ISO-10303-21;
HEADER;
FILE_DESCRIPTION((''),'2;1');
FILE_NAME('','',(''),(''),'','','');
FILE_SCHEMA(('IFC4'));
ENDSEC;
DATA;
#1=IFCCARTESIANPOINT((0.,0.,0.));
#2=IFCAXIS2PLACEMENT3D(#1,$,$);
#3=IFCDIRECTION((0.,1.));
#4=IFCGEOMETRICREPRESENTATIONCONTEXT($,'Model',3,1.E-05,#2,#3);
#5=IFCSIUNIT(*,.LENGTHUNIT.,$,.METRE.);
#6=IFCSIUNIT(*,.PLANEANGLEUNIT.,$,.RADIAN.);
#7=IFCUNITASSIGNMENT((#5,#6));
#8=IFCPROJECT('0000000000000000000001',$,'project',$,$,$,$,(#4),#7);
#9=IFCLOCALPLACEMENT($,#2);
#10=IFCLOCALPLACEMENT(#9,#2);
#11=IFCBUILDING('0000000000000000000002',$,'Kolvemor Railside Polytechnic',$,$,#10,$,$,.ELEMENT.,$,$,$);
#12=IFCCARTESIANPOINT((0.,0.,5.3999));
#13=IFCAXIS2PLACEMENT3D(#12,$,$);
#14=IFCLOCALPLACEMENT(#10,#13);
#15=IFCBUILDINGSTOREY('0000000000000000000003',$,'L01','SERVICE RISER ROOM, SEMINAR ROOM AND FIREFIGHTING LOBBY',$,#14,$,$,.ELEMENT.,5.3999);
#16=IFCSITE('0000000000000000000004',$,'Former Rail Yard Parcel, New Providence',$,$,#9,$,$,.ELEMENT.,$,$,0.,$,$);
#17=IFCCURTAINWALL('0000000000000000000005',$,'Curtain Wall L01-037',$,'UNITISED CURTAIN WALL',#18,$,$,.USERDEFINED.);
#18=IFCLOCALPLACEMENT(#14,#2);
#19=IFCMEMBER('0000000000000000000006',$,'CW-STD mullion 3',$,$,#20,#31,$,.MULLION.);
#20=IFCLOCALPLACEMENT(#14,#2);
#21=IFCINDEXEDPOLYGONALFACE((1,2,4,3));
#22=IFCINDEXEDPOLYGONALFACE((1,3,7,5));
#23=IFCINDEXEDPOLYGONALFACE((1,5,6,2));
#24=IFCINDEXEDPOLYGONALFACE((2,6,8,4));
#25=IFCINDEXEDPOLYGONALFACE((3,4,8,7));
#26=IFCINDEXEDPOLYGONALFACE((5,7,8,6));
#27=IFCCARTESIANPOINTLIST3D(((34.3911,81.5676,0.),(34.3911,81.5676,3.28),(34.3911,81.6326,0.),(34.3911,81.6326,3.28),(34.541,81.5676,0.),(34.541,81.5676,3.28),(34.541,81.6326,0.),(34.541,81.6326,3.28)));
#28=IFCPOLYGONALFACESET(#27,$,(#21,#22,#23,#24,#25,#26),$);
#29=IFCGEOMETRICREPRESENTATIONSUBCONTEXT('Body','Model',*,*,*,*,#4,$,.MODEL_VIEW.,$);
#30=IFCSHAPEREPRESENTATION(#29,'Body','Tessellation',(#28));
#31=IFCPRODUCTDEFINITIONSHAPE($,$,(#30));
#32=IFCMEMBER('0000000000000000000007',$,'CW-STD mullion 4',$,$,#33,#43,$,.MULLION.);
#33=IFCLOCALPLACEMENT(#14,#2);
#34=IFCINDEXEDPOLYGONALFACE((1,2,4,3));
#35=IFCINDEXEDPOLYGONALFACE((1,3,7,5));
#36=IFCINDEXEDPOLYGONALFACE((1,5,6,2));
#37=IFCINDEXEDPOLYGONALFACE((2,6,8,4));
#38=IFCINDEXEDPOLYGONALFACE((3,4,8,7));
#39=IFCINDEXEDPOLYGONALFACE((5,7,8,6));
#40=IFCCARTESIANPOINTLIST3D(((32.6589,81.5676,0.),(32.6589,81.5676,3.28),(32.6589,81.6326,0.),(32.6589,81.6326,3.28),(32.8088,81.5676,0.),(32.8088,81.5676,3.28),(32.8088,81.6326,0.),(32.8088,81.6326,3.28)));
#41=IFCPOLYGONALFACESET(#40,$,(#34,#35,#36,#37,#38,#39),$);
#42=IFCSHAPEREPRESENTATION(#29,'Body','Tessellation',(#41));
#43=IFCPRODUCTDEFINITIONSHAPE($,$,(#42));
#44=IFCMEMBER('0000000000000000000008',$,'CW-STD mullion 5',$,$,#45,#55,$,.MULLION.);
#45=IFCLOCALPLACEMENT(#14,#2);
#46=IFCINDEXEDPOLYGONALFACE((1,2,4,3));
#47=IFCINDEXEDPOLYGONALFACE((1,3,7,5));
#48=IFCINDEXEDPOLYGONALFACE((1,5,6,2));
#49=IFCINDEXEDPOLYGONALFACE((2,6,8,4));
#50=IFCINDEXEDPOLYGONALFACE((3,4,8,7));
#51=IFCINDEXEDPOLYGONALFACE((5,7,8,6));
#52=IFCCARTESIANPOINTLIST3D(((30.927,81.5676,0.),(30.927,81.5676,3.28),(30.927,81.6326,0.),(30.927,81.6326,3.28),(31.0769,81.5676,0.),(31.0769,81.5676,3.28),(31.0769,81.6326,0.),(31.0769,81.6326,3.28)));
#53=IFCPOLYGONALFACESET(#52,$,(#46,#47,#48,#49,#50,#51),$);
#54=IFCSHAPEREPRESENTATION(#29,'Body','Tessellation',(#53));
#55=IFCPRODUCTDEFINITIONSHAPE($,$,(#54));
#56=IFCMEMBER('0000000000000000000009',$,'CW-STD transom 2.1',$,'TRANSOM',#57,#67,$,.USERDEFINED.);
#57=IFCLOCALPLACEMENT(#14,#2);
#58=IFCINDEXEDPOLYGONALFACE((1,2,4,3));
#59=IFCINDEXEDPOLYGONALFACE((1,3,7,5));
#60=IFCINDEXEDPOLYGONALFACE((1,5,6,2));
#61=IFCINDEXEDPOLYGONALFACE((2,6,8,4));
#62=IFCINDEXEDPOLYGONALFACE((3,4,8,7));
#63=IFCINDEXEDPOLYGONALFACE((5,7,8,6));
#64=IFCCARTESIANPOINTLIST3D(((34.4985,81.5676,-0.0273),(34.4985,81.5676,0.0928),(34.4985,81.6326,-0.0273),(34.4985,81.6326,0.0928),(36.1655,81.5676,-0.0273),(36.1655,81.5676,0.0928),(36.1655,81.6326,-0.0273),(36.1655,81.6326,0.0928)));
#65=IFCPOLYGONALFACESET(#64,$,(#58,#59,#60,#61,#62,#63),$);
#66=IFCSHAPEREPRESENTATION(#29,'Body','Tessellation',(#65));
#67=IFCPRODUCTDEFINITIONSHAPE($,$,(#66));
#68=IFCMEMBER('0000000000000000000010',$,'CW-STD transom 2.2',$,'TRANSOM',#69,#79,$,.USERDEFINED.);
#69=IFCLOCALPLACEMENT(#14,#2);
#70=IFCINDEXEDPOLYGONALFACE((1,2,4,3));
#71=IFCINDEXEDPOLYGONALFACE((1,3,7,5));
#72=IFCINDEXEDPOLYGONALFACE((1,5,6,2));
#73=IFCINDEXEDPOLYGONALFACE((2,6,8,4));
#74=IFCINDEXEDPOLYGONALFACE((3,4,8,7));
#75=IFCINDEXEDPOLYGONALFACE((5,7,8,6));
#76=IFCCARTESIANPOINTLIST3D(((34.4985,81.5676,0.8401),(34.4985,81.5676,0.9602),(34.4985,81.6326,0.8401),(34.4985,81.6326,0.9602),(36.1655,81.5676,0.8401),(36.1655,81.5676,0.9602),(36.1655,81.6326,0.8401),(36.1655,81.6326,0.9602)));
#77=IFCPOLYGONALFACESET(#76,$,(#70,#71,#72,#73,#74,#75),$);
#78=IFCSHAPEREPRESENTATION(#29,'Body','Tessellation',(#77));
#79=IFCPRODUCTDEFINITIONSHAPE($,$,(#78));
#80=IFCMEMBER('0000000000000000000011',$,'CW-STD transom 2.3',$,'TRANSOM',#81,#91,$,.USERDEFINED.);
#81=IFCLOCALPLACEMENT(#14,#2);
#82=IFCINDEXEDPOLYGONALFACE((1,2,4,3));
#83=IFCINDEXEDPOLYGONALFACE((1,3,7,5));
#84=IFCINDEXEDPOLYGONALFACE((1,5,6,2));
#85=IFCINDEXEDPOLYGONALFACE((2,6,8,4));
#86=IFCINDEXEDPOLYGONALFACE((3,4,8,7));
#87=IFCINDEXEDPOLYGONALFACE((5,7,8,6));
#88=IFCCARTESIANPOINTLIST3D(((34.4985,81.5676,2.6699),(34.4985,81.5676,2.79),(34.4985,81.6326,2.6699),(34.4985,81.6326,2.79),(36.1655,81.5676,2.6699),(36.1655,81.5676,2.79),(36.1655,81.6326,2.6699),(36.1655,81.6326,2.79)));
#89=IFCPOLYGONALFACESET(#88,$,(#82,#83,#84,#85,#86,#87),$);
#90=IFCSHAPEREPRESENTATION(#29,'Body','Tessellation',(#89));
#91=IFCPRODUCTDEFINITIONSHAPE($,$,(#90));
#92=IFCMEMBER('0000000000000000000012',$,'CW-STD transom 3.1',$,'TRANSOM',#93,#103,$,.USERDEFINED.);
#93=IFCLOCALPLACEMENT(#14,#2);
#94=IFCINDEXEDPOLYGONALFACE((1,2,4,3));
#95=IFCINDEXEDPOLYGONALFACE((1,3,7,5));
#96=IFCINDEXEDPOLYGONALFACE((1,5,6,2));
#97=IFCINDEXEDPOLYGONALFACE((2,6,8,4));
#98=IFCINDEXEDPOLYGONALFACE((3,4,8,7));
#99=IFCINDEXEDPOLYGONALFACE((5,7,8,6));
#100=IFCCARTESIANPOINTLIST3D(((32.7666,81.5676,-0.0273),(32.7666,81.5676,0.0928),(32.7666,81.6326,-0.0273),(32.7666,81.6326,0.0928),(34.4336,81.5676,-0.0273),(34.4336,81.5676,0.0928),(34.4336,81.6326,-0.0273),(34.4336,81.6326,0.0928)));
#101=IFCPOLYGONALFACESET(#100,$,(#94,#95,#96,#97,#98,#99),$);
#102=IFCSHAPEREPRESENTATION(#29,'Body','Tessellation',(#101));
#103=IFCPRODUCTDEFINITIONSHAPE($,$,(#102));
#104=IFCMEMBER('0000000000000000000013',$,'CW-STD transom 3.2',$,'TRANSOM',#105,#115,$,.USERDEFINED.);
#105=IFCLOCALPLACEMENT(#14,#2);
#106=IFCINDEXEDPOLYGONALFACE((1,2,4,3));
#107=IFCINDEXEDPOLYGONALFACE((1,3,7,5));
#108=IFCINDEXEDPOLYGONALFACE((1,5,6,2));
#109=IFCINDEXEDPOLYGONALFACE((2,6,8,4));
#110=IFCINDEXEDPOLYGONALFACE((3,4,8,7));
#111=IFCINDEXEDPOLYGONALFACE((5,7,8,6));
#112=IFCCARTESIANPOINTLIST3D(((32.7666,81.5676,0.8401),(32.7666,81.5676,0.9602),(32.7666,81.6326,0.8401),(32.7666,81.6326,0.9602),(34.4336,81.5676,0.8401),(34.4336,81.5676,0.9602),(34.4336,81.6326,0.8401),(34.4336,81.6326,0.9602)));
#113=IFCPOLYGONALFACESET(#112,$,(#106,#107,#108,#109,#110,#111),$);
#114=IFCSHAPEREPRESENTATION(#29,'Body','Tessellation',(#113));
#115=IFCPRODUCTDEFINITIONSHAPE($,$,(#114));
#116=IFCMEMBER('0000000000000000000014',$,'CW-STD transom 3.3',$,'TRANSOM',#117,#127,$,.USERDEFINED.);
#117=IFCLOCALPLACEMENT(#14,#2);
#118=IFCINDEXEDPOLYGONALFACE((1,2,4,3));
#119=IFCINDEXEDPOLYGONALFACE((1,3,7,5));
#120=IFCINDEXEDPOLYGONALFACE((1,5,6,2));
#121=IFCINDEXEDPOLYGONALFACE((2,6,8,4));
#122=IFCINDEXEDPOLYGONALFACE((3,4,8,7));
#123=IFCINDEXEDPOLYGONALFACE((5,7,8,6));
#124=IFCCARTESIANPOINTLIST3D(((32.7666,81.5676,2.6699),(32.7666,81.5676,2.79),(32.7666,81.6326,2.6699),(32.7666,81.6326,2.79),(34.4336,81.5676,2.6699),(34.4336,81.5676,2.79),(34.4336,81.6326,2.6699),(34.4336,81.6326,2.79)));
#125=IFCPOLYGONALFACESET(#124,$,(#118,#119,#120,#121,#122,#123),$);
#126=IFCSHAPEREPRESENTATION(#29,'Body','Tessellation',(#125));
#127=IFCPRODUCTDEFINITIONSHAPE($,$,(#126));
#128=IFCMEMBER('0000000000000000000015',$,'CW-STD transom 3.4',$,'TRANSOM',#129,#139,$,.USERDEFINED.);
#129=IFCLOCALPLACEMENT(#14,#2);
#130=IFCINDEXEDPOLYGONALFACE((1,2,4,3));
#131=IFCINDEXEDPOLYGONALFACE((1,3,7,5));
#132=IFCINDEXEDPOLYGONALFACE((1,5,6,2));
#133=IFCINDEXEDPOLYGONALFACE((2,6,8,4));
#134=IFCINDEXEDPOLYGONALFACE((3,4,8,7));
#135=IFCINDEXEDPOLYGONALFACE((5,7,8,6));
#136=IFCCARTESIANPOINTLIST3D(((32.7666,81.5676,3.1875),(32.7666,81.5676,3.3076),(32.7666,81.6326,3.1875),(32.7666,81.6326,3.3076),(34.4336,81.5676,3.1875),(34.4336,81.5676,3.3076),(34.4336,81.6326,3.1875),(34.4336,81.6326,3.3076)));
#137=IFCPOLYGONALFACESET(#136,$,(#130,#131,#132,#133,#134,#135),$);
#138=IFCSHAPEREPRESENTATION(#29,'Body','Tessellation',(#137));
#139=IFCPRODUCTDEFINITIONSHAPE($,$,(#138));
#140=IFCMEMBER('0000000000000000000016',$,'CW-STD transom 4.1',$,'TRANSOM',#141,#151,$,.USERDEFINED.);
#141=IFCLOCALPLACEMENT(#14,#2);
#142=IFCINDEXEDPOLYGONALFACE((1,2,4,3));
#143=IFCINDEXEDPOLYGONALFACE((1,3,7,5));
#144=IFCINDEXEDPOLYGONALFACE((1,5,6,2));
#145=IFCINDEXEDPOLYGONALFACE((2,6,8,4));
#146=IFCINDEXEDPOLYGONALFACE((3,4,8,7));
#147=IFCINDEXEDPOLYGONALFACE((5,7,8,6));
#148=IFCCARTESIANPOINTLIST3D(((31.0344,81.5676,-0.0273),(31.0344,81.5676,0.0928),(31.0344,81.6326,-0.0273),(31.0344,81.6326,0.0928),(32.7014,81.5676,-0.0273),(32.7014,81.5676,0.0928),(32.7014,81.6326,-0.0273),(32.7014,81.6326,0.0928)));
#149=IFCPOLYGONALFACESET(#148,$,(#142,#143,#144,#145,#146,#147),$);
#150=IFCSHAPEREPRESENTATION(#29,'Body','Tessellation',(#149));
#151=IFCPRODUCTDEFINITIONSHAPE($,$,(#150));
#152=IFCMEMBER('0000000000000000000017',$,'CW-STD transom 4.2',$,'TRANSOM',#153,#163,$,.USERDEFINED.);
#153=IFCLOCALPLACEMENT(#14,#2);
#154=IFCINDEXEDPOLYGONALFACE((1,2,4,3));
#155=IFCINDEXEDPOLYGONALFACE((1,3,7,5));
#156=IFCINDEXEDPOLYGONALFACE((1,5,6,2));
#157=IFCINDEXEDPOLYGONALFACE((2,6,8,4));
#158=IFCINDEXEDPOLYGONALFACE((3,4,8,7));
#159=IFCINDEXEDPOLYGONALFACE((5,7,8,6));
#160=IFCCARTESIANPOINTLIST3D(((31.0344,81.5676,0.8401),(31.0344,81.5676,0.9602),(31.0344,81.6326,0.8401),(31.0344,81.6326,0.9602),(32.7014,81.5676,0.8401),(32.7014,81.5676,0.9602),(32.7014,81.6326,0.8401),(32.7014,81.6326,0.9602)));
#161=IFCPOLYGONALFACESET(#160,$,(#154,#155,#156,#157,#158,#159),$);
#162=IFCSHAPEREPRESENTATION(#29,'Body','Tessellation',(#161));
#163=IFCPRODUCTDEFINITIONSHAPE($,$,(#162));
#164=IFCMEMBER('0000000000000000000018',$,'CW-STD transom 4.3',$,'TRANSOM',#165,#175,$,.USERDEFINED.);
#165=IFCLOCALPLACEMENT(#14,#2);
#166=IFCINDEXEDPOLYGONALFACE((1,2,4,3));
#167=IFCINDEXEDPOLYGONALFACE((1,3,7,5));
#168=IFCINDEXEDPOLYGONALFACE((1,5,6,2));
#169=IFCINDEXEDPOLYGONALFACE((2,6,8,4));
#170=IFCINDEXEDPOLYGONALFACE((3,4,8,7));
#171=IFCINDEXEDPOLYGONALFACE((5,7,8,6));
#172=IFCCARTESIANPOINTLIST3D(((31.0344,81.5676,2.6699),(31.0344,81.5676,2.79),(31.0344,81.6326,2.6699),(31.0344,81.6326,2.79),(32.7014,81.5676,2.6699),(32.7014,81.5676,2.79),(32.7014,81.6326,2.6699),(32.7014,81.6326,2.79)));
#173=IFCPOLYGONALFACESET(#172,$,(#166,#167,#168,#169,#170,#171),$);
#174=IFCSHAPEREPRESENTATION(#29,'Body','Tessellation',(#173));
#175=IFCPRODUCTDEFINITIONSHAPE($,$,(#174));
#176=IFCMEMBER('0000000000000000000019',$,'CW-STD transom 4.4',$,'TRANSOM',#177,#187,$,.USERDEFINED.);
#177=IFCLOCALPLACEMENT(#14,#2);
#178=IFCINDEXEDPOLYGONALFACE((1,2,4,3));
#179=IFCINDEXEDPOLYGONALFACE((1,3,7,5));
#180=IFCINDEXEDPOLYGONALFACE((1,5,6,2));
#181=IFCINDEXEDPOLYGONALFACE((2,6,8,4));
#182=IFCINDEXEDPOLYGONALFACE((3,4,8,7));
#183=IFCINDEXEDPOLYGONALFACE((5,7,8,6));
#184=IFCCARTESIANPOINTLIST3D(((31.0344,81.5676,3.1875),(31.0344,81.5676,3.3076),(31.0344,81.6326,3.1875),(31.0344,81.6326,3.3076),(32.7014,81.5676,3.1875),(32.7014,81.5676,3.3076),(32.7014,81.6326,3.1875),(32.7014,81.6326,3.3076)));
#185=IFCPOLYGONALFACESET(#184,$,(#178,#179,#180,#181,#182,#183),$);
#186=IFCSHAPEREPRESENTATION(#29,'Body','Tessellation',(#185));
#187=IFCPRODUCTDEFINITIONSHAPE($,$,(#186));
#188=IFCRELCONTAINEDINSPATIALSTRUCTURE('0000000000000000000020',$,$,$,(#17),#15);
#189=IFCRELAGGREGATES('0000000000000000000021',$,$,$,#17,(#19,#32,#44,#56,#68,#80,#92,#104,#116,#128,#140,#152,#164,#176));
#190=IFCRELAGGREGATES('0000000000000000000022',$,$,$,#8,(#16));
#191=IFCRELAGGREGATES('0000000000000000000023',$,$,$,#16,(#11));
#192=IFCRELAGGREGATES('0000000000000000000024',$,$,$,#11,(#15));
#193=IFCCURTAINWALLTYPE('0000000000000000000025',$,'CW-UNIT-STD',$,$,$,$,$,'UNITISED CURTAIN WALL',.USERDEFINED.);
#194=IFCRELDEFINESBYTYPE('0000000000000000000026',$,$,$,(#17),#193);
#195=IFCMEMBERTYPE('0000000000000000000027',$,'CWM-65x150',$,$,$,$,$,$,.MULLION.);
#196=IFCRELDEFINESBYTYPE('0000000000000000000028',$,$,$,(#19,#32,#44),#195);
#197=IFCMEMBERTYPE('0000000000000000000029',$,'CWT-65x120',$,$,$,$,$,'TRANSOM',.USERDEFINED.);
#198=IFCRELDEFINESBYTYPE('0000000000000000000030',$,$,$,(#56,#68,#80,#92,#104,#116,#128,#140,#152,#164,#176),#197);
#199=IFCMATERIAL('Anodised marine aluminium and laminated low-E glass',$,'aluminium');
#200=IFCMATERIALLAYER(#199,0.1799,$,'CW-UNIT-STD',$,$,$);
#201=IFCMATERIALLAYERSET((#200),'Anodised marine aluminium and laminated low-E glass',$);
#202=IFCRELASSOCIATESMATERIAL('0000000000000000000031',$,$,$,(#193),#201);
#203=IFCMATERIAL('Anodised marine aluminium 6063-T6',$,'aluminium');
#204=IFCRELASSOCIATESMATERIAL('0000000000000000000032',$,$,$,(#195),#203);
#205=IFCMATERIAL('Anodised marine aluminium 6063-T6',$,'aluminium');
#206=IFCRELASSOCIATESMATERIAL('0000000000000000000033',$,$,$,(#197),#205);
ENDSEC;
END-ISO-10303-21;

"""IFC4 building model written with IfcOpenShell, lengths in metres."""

from ifc_helpers import new_model, si_unit, direction, frame, origin, origin_2d, place, context, subcontext, project, spatial, rectangle, extrude, material, layer, layer_set, material_profile, profile_set, type_object, element, aggregate, save


model = new_model("IFC4")

# Units and contexts
model_context = context("Model", 3, precision=1e-05, world=origin(), true_north=direction((0.0, 1.0)))
body_context = subcontext(model_context, "Body", "Model", "MODEL_VIEW")
ifc_project = project(units=[si_unit("LENGTHUNIT", "METRE"), si_unit("PLANEANGLEUNIT", "RADIAN")], contexts=[model_context])

# Site, building, storey
site_placement = place(None, origin())
site = spatial("IfcSite", under=ifc_project, at=site_placement, Name="Former Rail Yard Parcel, New Providence", CompositionType="ELEMENT", RefElevation=0.0)
building_placement = place(site_placement, origin())
building = spatial("IfcBuilding", under=site, at=building_placement, Name="Kolvemor Railside Polytechnic", CompositionType="ELEMENT")
storey_placement = place(building_placement, frame((0.0, 0.0, 5.3999)))
storey = spatial("IfcBuildingStorey", under=building, at=storey_placement, Name="L01", Description="SERVICE RISER ROOM, SEMINAR ROOM AND FIREFIGHTING LOBBY", CompositionType="ELEMENT", Elevation=5.3999)

# Curtain wall, members
ifc_material_1 = material(Name="Anodised marine aluminium and laminated low-E glass", Category="aluminium")
ifc_layer_1 = layer(ifc_material_1, 0.1799, Name="CW-UNIT-STD")
ifc_layer_set_1 = layer_set([ifc_layer_1], Name="Anodised marine aluminium and laminated low-E glass")
curtain_wall_type = type_object("IfcCurtainWallType", Name="CW-UNIT-STD", ElementType="UNITISED CURTAIN WALL", PredefinedType="USERDEFINED", material=ifc_layer_set_1)
curtain_wall_placement = place(storey_placement, origin())
curtain_wall = element("IfcCurtainWall", 1, at=curtain_wall_placement, inside=storey, type_object=curtain_wall_type, Name="Curtain Wall L01-037", ObjectType="UNITISED CURTAIN WALL", PredefinedType="USERDEFINED")
ifc_material_2 = material(Name="Anodised marine aluminium 6063-T6", Category="aluminium")
ifc_material_profile_1 = material_profile(ifc_material_2, rectangle(XDim=0.0649, YDim=0.1499, at=origin_2d()), Name="CW-MUL-65x150")
ifc_profile_set_1 = profile_set([ifc_material_profile_1], Name="Anodised marine aluminium 6063-T6")
member_type_1 = type_object("IfcMemberType", Name="CWM-65x150", PredefinedType="MULLION", material=ifc_profile_set_1)
member_1_placement = place(storey_placement, frame((34.4661, 81.6001, 0.0), z_axis=(0.0, 0.0, 1.0), x_axis=(0.0, -1.0, 0.0)))
member_1 = element("IfcMember", 2, at=member_1_placement, type_object=member_type_1, Name="CW-STD mullion 3", PredefinedType="MULLION", context=body_context, shape_type="SweptSolid", body=[
    extrude(rectangle(XDim=0.0649, YDim=0.1499, at=origin_2d()), origin(), (0.0, 0.0, 1.0), 3.28),
])
member_2_placement = place(storey_placement, frame((32.7339, 81.6001, 0.0), z_axis=(0.0, 0.0, 1.0), x_axis=(0.0, -1.0, 0.0)))
member_2 = element("IfcMember", 3, at=member_2_placement, type_object=member_type_1, Name="CW-STD mullion 4", PredefinedType="MULLION", context=body_context, shape_type="SweptSolid", body=[
    extrude(rectangle(XDim=0.0649, YDim=0.1499, at=origin_2d()), origin(), (0.0, 0.0, 1.0), 3.28),
])
member_3_placement = place(storey_placement, frame((31.002, 81.6001, 0.0), z_axis=(0.0, 0.0, 1.0), x_axis=(0.0, -1.0, 0.0)))
member_3 = element("IfcMember", 4, at=member_3_placement, type_object=member_type_1, Name="CW-STD mullion 5", PredefinedType="MULLION", context=body_context, shape_type="SweptSolid", body=[
    extrude(rectangle(XDim=0.0649, YDim=0.1499, at=origin_2d()), origin(), (0.0, 0.0, 1.0), 3.28),
])
ifc_material_3 = material(Name="Anodised marine aluminium 6063-T6", Category="aluminium")
ifc_material_profile_2 = material_profile(ifc_material_3, rectangle(XDim=0.0649, YDim=0.1201, at=origin_2d()), Name="CW-TRN-65x120")
ifc_profile_set_2 = profile_set([ifc_material_profile_2], Name="Anodised marine aluminium 6063-T6")
member_type_2 = type_object("IfcMemberType", Name="CWT-65x120", ElementType="TRANSOM", PredefinedType="USERDEFINED", material=ifc_profile_set_2)
member_4_placement = place(storey_placement, frame((36.1655, 81.6001, 0.0327), z_axis=(-1.0, 0.0, 0.0), x_axis=(0.0, -1.0, 0.0)))
member_4 = element("IfcMember", 5, at=member_4_placement, type_object=member_type_2, Name="CW-STD transom 2.1", ObjectType="TRANSOM", PredefinedType="USERDEFINED", context=body_context, shape_type="SweptSolid", body=[
    extrude(rectangle(XDim=0.0649, YDim=0.1201, at=origin_2d()), origin(), (0.0, 0.0, 1.0), 1.667),
])
member_5_placement = place(storey_placement, frame((36.1655, 81.6001, 0.9001), z_axis=(-1.0, 0.0, 0.0), x_axis=(0.0, -1.0, 0.0)))
member_5 = element("IfcMember", 6, at=member_5_placement, type_object=member_type_2, Name="CW-STD transom 2.2", ObjectType="TRANSOM", PredefinedType="USERDEFINED", context=body_context, shape_type="SweptSolid", body=[
    extrude(rectangle(XDim=0.0649, YDim=0.1201, at=origin_2d()), origin(), (0.0, 0.0, 1.0), 1.667),
])
member_6_placement = place(storey_placement, frame((36.1655, 81.6001, 2.73), z_axis=(-1.0, 0.0, 0.0), x_axis=(0.0, -1.0, 0.0)))
member_6 = element("IfcMember", 7, at=member_6_placement, type_object=member_type_2, Name="CW-STD transom 2.3", ObjectType="TRANSOM", PredefinedType="USERDEFINED", context=body_context, shape_type="SweptSolid", body=[
    extrude(rectangle(XDim=0.0649, YDim=0.1201, at=origin_2d()), origin(), (0.0, 0.0, 1.0), 1.667),
])
member_7_placement = place(storey_placement, frame((34.4336, 81.6001, 0.0327), z_axis=(-1.0, 0.0, 0.0), x_axis=(0.0, -1.0, 0.0)))
member_7 = element("IfcMember", 8, at=member_7_placement, type_object=member_type_2, Name="CW-STD transom 3.1", ObjectType="TRANSOM", PredefinedType="USERDEFINED", context=body_context, shape_type="SweptSolid", body=[
    extrude(rectangle(XDim=0.0649, YDim=0.1201, at=origin_2d()), origin(), (0.0, 0.0, 1.0), 1.667),
])
member_8_placement = place(storey_placement, frame((34.4336, 81.6001, 0.9001), z_axis=(-1.0, 0.0, 0.0), x_axis=(0.0, -1.0, 0.0)))
member_8 = element("IfcMember", 9, at=member_8_placement, type_object=member_type_2, Name="CW-STD transom 3.2", ObjectType="TRANSOM", PredefinedType="USERDEFINED", context=body_context, shape_type="SweptSolid", body=[
    extrude(rectangle(XDim=0.0649, YDim=0.1201, at=origin_2d()), origin(), (0.0, 0.0, 1.0), 1.667),
])
member_9_placement = place(storey_placement, frame((34.4336, 81.6001, 2.73), z_axis=(-1.0, 0.0, 0.0), x_axis=(0.0, -1.0, 0.0)))
member_9 = element("IfcMember", 10, at=member_9_placement, type_object=member_type_2, Name="CW-STD transom 3.3", ObjectType="TRANSOM", PredefinedType="USERDEFINED", context=body_context, shape_type="SweptSolid", body=[
    extrude(rectangle(XDim=0.0649, YDim=0.1201, at=origin_2d()), origin(), (0.0, 0.0, 1.0), 1.667),
])
member_10_placement = place(storey_placement, frame((34.4336, 81.6001, 3.2476), z_axis=(-1.0, 0.0, 0.0), x_axis=(0.0, -1.0, 0.0)))
member_10 = element("IfcMember", 11, at=member_10_placement, type_object=member_type_2, Name="CW-STD transom 3.4", ObjectType="TRANSOM", PredefinedType="USERDEFINED", context=body_context, shape_type="SweptSolid", body=[
    extrude(rectangle(XDim=0.0649, YDim=0.1201, at=origin_2d()), origin(), (0.0, 0.0, 1.0), 1.667),
])
member_11_placement = place(storey_placement, frame((32.7014, 81.6001, 0.0327), z_axis=(-1.0, 0.0, 0.0), x_axis=(0.0, -1.0, 0.0)))
member_11 = element("IfcMember", 12, at=member_11_placement, type_object=member_type_2, Name="CW-STD transom 4.1", ObjectType="TRANSOM", PredefinedType="USERDEFINED", context=body_context, shape_type="SweptSolid", body=[
    extrude(rectangle(XDim=0.0649, YDim=0.1201, at=origin_2d()), origin(), (0.0, 0.0, 1.0), 1.667),
])
member_12_placement = place(storey_placement, frame((32.7014, 81.6001, 0.9001), z_axis=(-1.0, 0.0, 0.0), x_axis=(0.0, -1.0, 0.0)))
member_12 = element("IfcMember", 13, at=member_12_placement, type_object=member_type_2, Name="CW-STD transom 4.2", ObjectType="TRANSOM", PredefinedType="USERDEFINED", context=body_context, shape_type="SweptSolid", body=[
    extrude(rectangle(XDim=0.0649, YDim=0.1201, at=origin_2d()), origin(), (0.0, 0.0, 1.0), 1.667),
])
member_13_placement = place(storey_placement, frame((32.7014, 81.6001, 2.73), z_axis=(-1.0, 0.0, 0.0), x_axis=(0.0, -1.0, 0.0)))
member_13 = element("IfcMember", 14, at=member_13_placement, type_object=member_type_2, Name="CW-STD transom 4.3", ObjectType="TRANSOM", PredefinedType="USERDEFINED", context=body_context, shape_type="SweptSolid", body=[
    extrude(rectangle(XDim=0.0649, YDim=0.1201, at=origin_2d()), origin(), (0.0, 0.0, 1.0), 1.667),
])
member_14_placement = place(storey_placement, frame((32.7014, 81.6001, 3.2476), z_axis=(-1.0, 0.0, 0.0), x_axis=(0.0, -1.0, 0.0)))
member_14 = element("IfcMember", 15, at=member_14_placement, type_object=member_type_2, Name="CW-STD transom 4.4", ObjectType="TRANSOM", PredefinedType="USERDEFINED", context=body_context, shape_type="SweptSolid", body=[
    extrude(rectangle(XDim=0.0649, YDim=0.1201, at=origin_2d()), origin(), (0.0, 0.0, 1.0), 1.667),
])
aggregate(curtain_wall, [member_1, member_2, member_3, member_4, member_5, member_6, member_7, member_8, member_9, member_10, member_11, member_12, member_13, member_14])

save(model, "model.ifc")
